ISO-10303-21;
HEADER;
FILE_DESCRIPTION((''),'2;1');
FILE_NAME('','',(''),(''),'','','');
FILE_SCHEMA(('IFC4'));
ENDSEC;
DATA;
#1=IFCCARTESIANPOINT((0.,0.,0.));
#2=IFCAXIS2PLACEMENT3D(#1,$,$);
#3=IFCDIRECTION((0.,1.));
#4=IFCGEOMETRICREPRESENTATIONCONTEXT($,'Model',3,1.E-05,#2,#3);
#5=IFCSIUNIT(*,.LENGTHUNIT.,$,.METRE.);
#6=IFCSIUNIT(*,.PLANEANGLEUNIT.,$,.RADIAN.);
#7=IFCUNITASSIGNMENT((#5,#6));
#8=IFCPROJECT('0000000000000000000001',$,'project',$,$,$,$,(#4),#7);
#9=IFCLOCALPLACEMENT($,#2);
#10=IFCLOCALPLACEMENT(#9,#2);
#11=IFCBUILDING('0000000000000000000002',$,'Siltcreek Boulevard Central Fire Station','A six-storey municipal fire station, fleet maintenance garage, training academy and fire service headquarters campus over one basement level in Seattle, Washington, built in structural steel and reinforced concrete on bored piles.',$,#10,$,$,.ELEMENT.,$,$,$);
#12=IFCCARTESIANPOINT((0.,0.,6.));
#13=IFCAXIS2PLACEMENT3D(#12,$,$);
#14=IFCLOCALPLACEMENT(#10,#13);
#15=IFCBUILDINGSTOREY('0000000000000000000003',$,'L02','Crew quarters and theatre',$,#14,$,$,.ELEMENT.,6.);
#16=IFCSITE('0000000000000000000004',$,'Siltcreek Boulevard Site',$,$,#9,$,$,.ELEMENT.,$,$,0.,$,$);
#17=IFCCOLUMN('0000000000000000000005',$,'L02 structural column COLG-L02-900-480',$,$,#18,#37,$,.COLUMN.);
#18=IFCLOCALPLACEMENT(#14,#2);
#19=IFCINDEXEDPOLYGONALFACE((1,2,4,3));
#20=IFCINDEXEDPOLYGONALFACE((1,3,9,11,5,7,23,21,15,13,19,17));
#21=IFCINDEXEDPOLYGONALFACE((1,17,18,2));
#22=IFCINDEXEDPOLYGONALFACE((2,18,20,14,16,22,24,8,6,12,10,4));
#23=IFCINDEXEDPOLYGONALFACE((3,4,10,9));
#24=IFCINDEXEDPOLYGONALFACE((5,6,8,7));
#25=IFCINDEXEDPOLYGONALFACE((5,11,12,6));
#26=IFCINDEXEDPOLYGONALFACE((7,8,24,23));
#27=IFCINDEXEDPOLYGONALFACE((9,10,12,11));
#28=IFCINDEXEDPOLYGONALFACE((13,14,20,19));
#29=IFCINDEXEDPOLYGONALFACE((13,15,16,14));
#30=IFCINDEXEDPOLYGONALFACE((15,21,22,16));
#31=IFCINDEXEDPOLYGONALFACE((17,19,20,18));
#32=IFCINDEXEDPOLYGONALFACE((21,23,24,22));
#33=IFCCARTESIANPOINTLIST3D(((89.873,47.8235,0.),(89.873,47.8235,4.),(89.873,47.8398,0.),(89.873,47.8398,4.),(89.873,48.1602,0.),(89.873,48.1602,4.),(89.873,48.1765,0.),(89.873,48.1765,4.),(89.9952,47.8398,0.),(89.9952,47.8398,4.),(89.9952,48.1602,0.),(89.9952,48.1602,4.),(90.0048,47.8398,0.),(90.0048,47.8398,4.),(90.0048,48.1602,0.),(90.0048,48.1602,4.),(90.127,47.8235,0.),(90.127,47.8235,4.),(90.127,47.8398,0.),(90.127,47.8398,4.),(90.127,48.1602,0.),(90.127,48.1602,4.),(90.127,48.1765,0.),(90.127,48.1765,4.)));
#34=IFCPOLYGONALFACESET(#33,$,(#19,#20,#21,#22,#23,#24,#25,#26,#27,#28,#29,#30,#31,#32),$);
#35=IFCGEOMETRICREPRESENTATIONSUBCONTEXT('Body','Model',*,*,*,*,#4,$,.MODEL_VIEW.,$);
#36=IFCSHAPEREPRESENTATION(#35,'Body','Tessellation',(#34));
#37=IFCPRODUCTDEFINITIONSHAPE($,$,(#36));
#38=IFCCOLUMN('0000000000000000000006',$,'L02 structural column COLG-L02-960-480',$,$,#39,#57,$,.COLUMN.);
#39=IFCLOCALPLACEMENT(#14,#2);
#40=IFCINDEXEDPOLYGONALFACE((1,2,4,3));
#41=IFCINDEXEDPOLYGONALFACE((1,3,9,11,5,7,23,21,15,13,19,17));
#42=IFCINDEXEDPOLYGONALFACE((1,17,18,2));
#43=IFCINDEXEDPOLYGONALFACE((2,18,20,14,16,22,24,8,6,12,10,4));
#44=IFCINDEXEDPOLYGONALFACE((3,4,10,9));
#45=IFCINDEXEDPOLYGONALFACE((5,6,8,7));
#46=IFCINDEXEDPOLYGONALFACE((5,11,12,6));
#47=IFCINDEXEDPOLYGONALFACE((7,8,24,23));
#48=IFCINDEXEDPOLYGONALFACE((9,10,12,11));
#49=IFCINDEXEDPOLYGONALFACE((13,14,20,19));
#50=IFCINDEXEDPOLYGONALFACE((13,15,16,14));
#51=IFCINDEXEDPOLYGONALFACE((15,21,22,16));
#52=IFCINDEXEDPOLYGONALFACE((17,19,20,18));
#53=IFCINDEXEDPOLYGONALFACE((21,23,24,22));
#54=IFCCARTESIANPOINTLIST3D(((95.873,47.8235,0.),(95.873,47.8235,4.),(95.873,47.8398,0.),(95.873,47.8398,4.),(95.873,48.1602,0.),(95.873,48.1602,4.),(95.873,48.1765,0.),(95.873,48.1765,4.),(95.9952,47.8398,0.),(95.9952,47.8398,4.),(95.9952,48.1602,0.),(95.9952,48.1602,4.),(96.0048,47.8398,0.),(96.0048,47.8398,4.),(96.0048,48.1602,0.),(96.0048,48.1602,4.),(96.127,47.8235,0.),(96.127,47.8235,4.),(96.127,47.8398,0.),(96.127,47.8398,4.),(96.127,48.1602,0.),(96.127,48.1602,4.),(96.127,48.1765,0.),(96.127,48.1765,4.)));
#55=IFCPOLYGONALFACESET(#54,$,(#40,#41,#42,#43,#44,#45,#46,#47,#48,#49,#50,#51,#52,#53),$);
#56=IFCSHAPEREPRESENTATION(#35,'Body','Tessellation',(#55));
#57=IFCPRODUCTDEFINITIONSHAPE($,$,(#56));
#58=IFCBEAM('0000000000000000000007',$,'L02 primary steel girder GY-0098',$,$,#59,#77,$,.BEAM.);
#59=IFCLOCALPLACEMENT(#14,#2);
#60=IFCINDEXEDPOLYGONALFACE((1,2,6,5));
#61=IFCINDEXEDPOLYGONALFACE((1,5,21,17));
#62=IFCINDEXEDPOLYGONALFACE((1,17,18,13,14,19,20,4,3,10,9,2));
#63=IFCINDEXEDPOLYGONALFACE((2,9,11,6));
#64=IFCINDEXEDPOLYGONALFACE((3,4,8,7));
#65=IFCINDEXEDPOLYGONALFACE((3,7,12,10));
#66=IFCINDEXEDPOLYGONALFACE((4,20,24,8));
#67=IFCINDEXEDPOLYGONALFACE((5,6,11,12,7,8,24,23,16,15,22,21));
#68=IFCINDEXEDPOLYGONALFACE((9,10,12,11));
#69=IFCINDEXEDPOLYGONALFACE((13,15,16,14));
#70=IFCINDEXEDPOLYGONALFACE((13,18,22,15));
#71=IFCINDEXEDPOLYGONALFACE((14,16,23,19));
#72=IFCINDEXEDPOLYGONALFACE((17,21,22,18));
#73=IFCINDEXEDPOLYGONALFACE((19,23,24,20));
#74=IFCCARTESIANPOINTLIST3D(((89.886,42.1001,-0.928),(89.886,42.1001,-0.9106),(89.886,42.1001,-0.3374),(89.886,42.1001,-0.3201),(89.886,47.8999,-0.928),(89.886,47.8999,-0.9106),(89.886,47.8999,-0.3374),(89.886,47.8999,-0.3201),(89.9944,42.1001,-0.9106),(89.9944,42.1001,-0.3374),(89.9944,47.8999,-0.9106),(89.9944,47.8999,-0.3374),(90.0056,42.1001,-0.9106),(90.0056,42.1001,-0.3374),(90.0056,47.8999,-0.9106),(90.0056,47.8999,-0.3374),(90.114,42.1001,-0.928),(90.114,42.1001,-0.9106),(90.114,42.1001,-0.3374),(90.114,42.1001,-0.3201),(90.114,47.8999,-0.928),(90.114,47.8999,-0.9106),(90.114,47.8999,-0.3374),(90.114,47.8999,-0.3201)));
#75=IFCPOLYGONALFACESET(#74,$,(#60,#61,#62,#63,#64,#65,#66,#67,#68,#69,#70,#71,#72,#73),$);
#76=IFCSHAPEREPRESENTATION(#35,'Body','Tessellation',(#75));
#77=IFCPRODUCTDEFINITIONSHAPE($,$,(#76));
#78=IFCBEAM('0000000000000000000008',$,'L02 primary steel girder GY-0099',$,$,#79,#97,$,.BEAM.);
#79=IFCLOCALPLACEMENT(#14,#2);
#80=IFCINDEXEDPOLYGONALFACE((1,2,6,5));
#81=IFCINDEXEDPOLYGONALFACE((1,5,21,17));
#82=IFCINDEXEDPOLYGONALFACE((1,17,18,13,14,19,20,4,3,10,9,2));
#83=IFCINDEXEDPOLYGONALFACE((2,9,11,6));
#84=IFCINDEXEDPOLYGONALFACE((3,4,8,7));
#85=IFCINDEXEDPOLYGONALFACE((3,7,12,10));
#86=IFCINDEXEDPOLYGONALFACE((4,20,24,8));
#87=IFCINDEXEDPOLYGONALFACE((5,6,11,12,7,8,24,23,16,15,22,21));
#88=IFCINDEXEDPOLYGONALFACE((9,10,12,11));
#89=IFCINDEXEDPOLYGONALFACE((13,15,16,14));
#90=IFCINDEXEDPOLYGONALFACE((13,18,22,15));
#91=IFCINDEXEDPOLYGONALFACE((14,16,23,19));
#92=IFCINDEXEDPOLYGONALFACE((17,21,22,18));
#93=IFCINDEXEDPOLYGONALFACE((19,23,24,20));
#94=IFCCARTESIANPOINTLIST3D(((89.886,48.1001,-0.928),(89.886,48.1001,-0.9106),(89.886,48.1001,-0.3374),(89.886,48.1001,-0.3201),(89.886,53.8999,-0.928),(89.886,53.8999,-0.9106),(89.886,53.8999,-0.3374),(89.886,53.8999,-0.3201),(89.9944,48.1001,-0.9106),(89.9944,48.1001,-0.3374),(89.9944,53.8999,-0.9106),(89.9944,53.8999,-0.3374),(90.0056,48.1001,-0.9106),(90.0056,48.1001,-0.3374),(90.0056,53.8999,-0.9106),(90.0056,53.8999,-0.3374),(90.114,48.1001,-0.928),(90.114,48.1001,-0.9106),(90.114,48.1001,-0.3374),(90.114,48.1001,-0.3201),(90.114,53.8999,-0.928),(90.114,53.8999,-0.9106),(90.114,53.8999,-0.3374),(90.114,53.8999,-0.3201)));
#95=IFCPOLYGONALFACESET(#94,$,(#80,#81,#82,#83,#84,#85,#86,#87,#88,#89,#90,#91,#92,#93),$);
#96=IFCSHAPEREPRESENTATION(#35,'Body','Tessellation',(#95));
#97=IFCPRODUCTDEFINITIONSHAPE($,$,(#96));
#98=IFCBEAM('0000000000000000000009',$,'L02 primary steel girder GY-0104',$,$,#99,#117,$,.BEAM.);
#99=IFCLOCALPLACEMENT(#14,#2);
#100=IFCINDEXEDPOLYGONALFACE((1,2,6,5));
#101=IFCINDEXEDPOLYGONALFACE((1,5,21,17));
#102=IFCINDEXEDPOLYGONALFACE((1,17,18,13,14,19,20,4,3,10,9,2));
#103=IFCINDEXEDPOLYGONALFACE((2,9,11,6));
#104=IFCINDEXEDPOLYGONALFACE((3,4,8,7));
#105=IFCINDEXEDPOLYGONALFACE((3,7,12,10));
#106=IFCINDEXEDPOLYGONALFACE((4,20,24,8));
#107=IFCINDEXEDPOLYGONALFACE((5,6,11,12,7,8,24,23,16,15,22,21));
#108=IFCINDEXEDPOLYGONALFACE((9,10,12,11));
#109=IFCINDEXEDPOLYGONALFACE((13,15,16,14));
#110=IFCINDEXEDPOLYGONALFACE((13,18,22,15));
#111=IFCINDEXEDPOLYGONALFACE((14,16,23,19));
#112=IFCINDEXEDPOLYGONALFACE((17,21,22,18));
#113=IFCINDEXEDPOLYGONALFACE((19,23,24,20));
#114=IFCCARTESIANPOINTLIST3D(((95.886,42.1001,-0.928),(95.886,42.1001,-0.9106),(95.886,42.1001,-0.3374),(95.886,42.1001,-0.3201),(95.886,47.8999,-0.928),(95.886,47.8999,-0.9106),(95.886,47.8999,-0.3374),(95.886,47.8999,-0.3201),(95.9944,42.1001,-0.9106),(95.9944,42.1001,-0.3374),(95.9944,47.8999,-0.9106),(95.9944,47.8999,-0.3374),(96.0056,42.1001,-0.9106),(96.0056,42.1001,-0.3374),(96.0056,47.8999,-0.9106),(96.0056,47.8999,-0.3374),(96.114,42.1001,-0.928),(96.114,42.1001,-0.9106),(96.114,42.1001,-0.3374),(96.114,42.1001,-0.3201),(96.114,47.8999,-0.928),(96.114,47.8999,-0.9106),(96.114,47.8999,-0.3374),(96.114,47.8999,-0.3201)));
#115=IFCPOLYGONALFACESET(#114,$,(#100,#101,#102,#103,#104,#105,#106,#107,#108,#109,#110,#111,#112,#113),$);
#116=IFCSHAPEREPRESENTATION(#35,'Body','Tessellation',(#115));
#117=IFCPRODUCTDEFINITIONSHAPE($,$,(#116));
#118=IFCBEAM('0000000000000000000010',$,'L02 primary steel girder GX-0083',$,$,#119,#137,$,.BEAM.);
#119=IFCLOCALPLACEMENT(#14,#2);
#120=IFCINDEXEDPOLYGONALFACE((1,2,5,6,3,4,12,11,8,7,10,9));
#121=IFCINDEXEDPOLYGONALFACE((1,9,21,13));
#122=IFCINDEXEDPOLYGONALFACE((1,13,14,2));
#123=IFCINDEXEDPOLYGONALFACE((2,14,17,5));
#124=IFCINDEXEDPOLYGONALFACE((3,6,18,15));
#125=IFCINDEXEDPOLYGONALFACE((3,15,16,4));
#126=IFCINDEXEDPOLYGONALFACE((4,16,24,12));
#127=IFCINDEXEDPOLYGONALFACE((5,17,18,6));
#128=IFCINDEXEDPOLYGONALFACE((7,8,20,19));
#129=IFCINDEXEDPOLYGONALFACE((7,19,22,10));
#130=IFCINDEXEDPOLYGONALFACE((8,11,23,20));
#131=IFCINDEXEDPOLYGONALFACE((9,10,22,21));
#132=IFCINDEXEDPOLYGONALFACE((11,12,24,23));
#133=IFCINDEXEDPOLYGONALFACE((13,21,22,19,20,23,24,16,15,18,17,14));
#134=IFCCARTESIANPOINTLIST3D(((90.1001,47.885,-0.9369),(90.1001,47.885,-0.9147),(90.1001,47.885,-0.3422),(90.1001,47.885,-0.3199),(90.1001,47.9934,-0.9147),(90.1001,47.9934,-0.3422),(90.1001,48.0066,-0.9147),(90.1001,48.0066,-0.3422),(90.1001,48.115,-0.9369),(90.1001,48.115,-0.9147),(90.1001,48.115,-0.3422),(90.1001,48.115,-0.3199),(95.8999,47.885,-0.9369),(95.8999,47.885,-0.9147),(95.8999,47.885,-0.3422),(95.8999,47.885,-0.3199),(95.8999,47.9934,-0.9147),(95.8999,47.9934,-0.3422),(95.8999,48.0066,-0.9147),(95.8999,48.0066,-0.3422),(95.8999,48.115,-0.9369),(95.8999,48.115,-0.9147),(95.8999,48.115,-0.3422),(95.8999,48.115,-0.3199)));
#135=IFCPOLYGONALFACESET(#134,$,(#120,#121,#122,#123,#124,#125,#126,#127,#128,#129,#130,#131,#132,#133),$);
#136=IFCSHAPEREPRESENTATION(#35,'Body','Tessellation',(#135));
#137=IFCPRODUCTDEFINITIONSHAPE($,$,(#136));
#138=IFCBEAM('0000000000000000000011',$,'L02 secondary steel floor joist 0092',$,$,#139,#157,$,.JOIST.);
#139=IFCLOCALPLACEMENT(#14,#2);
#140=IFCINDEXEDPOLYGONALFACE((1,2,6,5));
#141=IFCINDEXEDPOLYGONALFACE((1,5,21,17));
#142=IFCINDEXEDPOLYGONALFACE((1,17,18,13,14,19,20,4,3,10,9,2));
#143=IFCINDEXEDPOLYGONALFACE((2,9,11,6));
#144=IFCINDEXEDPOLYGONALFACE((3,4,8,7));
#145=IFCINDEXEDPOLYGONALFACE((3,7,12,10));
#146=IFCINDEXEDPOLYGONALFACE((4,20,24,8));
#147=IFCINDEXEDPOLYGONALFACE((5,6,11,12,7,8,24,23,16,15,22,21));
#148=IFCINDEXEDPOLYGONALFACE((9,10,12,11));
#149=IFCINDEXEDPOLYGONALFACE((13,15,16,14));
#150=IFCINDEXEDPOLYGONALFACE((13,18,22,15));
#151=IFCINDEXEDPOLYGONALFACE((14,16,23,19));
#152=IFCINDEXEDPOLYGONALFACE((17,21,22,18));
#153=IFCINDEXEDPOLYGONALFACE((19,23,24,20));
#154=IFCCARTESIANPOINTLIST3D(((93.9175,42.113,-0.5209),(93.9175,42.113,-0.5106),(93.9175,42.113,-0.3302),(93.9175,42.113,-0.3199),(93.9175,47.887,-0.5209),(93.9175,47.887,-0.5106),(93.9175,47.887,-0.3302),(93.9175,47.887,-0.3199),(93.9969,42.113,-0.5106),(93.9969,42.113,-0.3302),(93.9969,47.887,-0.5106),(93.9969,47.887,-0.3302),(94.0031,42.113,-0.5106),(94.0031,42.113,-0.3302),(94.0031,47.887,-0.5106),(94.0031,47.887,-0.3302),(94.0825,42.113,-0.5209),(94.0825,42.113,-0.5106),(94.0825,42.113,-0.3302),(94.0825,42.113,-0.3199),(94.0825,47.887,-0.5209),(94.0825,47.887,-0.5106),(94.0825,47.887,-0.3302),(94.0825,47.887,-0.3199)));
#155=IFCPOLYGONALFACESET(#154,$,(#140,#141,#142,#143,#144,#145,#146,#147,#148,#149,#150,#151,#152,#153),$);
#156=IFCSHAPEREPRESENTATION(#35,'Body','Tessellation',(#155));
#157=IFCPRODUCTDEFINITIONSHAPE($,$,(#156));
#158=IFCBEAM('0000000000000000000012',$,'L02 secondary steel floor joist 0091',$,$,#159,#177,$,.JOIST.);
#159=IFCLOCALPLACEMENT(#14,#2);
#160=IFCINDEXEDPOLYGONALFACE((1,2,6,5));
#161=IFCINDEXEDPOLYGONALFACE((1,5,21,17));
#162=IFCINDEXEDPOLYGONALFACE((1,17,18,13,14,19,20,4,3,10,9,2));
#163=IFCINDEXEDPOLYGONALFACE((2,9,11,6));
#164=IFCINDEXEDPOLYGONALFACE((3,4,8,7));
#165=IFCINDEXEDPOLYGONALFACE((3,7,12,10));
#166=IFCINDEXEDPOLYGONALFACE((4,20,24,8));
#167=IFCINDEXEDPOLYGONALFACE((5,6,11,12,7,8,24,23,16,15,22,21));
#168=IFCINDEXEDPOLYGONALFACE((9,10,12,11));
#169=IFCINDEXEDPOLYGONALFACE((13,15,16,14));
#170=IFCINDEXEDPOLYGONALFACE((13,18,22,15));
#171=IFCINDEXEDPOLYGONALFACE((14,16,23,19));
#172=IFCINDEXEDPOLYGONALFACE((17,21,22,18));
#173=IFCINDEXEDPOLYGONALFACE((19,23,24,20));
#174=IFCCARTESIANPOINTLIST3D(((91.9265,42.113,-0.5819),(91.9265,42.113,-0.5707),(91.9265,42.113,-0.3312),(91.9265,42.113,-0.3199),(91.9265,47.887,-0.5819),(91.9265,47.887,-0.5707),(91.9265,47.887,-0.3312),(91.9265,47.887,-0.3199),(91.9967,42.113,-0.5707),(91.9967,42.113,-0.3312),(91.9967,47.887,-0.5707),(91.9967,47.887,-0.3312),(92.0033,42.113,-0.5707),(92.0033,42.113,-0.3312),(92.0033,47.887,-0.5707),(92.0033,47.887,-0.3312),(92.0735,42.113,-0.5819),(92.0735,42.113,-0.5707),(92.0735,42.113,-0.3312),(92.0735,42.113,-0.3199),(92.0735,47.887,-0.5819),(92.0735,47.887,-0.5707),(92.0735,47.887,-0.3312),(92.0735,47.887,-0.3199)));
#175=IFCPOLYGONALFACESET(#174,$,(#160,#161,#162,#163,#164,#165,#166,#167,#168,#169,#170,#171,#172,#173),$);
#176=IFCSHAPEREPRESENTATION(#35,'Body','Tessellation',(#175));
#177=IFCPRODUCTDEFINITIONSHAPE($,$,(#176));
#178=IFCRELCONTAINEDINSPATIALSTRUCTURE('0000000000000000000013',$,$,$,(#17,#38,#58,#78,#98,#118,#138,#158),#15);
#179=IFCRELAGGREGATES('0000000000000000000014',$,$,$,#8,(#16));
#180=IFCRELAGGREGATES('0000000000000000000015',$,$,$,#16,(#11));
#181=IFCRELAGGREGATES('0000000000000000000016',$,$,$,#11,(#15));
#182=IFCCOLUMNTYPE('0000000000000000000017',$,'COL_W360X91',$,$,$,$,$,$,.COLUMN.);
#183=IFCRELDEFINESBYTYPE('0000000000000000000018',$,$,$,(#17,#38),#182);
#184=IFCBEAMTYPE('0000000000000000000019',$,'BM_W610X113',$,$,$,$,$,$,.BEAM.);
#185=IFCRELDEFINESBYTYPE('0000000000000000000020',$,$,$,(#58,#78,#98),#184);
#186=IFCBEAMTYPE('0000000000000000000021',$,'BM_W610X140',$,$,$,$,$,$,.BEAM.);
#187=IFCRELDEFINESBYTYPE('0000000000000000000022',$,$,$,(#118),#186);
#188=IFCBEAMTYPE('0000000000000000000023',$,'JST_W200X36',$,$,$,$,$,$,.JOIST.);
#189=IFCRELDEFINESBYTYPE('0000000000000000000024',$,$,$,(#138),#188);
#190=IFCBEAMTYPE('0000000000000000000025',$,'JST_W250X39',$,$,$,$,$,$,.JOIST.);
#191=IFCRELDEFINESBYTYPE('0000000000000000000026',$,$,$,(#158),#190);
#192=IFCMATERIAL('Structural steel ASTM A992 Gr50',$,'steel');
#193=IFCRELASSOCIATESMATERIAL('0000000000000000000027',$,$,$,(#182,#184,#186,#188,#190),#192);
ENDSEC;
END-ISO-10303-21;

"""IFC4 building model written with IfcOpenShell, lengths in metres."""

from ifc_helpers import new_model, si_unit, direction, frame, origin, origin_2d, place, context, subcontext, project, spatial, i_section, extrude, material, material_profile, profile_set, type_object, element, save


model = new_model("IFC4")

# Units and contexts
model_context = context("Model", 3, precision=1e-05, world=origin(), true_north=direction((0.0, 1.0)))
body_context = subcontext(model_context, "Body", "Model", "MODEL_VIEW")
ifc_project = project(units=[si_unit("LENGTHUNIT", "METRE"), si_unit("PLANEANGLEUNIT", "RADIAN")], contexts=[model_context])

# Site, building, storey
site_placement = place(None, origin())
site = spatial("IfcSite", under=ifc_project, at=site_placement, Name="Siltcreek Boulevard Site", CompositionType="ELEMENT", RefElevation=0.0)
building_placement = place(site_placement, origin())
building = spatial("IfcBuilding", under=site, at=building_placement, Name="Siltcreek Boulevard Central Fire Station", Description="A six-storey municipal fire station, fleet maintenance garage, training academy and fire service headquarters campus over one basement level in Seattle, Washington, built in structural steel and reinforced concrete on bored piles.", CompositionType="ELEMENT")
storey_placement = place(building_placement, frame((0.0, 0.0, 6.0)))
storey = spatial("IfcBuildingStorey", under=building, at=storey_placement, Name="L02", Description="Crew quarters and theatre", CompositionType="ELEMENT", Elevation=6.0)

# Columns
ifc_material_1 = material(Name="Structural steel ASTM A992 Gr50", Category="steel")
ifc_material_profile_1 = material_profile(ifc_material_1, i_section(OverallWidth=0.2539, OverallDepth=0.353, WebThickness=0.0095, FlangeThickness=0.0164, at=origin_2d()), Name="W360X91")
ifc_profile_set_1 = profile_set([ifc_material_profile_1], Name="Structural steel ASTM A992 Gr50")
column_type = type_object("IfcColumnType", Name="COL_W360X91", PredefinedType="COLUMN", material=ifc_profile_set_1)
for number, where, z_axis, x_axis, name in (
    (1, (90.0, 48.0, 0.0), (0.0, 0.0, 1.0), (1.0, 0.0, 0.0), "L02 structural column COLG-L02-900-480"),
    (2, (96.0, 48.0, 0.0), (0.0, 0.0, 1.0), (1.0, 0.0, 0.0), "L02 structural column COLG-L02-960-480"),
):
    element("IfcColumn", number, at=place(storey_placement, frame(where, z_axis=z_axis, x_axis=x_axis)), inside=storey, type_object=column_type, Name=name, PredefinedType="COLUMN", context=body_context, shape_type="SweptSolid", body=[
        extrude(i_section(OverallWidth=0.2539, OverallDepth=0.353, WebThickness=0.0095, FlangeThickness=0.0164, at=origin_2d()), origin(), (0.0, 0.0, 1.0), 4.0),
    ])

# Beams
ifc_material_profile_2 = material_profile(ifc_material_1, i_section(OverallWidth=0.228, OverallDepth=0.6079, WebThickness=0.0112, FlangeThickness=0.0173, at=origin_2d()), Name="W610X113")
ifc_profile_set_2 = profile_set([ifc_material_profile_2], Name="Structural steel ASTM A992 Gr50")
beam_type_1 = type_object("IfcBeamType", Name="BM_W610X113", PredefinedType="BEAM", material=ifc_profile_set_2)
for number, where, z_axis, x_axis, name in (
    (3, (90.0, 42.1001, -0.624), (0.0, 1.0, 0.0), (-1.0, 0.0, 0.0), "L02 primary steel girder GY-0098"),
    (4, (90.0, 48.1001, -0.624), (0.0, 1.0, 0.0), (-1.0, 0.0, 0.0), "L02 primary steel girder GY-0099"),
    (5, (96.0, 42.1001, -0.624), (0.0, 1.0, 0.0), (-1.0, 0.0, 0.0), "L02 primary steel girder GY-0104"),
):
    element("IfcBeam", number, at=place(storey_placement, frame(where, z_axis=z_axis, x_axis=x_axis)), inside=storey, type_object=beam_type_1, Name=name, PredefinedType="BEAM", context=body_context, shape_type="SweptSolid", body=[
        extrude(i_section(OverallWidth=0.228, OverallDepth=0.6079, WebThickness=0.0112, FlangeThickness=0.0173, at=origin_2d()), origin(), (0.0, 0.0, 1.0), 5.7998),
    ])
ifc_material_profile_3 = material_profile(ifc_material_1, i_section(OverallWidth=0.23, OverallDepth=0.6169, WebThickness=0.0132, FlangeThickness=0.0222, at=origin_2d()), Name="W610X140")
ifc_profile_set_3 = profile_set([ifc_material_profile_3], Name="Structural steel ASTM A992 Gr50")
beam_type_2 = type_object("IfcBeamType", Name="BM_W610X140", PredefinedType="BEAM", material=ifc_profile_set_3)
beam_1_placement = place(storey_placement, frame((90.1001, 48.0, -0.6284), z_axis=(1.0, 0.0, 0.0), x_axis=(0.0, 1.0, 0.0)))
element("IfcBeam", 6, at=beam_1_placement, inside=storey, type_object=beam_type_2, Name="L02 primary steel girder GX-0083", PredefinedType="BEAM", context=body_context, shape_type="SweptSolid", body=[
    extrude(i_section(OverallWidth=0.23, OverallDepth=0.6169, WebThickness=0.0132, FlangeThickness=0.0222, at=origin_2d()), origin(), (0.0, 0.0, 1.0), 5.7998),
])
ifc_material_profile_4 = material_profile(ifc_material_1, i_section(OverallWidth=0.165, OverallDepth=0.2009, WebThickness=0.0061, FlangeThickness=0.0103, at=origin_2d()), Name="W200X36")
ifc_profile_set_4 = profile_set([ifc_material_profile_4], Name="Structural steel ASTM A992 Gr50")
beam_type_3 = type_object("IfcBeamType", Name="JST_W200X36", PredefinedType="JOIST", material=ifc_profile_set_4)
beam_2_placement = place(storey_placement, frame((94.0, 42.113, -0.4204), z_axis=(0.0, 1.0, 0.0), x_axis=(-1.0, 0.0, 0.0)))
element("IfcBeam", 7, at=beam_2_placement, inside=storey, type_object=beam_type_3, Name="L02 secondary steel floor joist 0092", PredefinedType="JOIST", context=body_context, shape_type="SweptSolid", body=[
    extrude(i_section(OverallWidth=0.165, OverallDepth=0.2009, WebThickness=0.0061, FlangeThickness=0.0103, at=origin_2d()), origin(), (0.0, 0.0, 1.0), 5.7739),
])
ifc_material_profile_5 = material_profile(ifc_material_1, i_section(OverallWidth=0.147, OverallDepth=0.262, WebThickness=0.0066, FlangeThickness=0.0112, at=origin_2d()), Name="W250X39")
ifc_profile_set_5 = profile_set([ifc_material_profile_5], Name="Structural steel ASTM A992 Gr50")
beam_type_4 = type_object("IfcBeamType", Name="JST_W250X39", PredefinedType="JOIST", material=ifc_profile_set_5)
beam_3_placement = place(storey_placement, frame((92.0, 42.113, -0.4509), z_axis=(0.0, 1.0, 0.0), x_axis=(-1.0, 0.0, 0.0)))
element("IfcBeam", 8, at=beam_3_placement, inside=storey, type_object=beam_type_4, Name="L02 secondary steel floor joist 0091", PredefinedType="JOIST", context=body_context, shape_type="SweptSolid", body=[
    extrude(i_section(OverallWidth=0.147, OverallDepth=0.262, WebThickness=0.0066, FlangeThickness=0.0112, at=origin_2d()), origin(), (0.0, 0.0, 1.0), 5.7739),
])

save(model, "model.ifc")
